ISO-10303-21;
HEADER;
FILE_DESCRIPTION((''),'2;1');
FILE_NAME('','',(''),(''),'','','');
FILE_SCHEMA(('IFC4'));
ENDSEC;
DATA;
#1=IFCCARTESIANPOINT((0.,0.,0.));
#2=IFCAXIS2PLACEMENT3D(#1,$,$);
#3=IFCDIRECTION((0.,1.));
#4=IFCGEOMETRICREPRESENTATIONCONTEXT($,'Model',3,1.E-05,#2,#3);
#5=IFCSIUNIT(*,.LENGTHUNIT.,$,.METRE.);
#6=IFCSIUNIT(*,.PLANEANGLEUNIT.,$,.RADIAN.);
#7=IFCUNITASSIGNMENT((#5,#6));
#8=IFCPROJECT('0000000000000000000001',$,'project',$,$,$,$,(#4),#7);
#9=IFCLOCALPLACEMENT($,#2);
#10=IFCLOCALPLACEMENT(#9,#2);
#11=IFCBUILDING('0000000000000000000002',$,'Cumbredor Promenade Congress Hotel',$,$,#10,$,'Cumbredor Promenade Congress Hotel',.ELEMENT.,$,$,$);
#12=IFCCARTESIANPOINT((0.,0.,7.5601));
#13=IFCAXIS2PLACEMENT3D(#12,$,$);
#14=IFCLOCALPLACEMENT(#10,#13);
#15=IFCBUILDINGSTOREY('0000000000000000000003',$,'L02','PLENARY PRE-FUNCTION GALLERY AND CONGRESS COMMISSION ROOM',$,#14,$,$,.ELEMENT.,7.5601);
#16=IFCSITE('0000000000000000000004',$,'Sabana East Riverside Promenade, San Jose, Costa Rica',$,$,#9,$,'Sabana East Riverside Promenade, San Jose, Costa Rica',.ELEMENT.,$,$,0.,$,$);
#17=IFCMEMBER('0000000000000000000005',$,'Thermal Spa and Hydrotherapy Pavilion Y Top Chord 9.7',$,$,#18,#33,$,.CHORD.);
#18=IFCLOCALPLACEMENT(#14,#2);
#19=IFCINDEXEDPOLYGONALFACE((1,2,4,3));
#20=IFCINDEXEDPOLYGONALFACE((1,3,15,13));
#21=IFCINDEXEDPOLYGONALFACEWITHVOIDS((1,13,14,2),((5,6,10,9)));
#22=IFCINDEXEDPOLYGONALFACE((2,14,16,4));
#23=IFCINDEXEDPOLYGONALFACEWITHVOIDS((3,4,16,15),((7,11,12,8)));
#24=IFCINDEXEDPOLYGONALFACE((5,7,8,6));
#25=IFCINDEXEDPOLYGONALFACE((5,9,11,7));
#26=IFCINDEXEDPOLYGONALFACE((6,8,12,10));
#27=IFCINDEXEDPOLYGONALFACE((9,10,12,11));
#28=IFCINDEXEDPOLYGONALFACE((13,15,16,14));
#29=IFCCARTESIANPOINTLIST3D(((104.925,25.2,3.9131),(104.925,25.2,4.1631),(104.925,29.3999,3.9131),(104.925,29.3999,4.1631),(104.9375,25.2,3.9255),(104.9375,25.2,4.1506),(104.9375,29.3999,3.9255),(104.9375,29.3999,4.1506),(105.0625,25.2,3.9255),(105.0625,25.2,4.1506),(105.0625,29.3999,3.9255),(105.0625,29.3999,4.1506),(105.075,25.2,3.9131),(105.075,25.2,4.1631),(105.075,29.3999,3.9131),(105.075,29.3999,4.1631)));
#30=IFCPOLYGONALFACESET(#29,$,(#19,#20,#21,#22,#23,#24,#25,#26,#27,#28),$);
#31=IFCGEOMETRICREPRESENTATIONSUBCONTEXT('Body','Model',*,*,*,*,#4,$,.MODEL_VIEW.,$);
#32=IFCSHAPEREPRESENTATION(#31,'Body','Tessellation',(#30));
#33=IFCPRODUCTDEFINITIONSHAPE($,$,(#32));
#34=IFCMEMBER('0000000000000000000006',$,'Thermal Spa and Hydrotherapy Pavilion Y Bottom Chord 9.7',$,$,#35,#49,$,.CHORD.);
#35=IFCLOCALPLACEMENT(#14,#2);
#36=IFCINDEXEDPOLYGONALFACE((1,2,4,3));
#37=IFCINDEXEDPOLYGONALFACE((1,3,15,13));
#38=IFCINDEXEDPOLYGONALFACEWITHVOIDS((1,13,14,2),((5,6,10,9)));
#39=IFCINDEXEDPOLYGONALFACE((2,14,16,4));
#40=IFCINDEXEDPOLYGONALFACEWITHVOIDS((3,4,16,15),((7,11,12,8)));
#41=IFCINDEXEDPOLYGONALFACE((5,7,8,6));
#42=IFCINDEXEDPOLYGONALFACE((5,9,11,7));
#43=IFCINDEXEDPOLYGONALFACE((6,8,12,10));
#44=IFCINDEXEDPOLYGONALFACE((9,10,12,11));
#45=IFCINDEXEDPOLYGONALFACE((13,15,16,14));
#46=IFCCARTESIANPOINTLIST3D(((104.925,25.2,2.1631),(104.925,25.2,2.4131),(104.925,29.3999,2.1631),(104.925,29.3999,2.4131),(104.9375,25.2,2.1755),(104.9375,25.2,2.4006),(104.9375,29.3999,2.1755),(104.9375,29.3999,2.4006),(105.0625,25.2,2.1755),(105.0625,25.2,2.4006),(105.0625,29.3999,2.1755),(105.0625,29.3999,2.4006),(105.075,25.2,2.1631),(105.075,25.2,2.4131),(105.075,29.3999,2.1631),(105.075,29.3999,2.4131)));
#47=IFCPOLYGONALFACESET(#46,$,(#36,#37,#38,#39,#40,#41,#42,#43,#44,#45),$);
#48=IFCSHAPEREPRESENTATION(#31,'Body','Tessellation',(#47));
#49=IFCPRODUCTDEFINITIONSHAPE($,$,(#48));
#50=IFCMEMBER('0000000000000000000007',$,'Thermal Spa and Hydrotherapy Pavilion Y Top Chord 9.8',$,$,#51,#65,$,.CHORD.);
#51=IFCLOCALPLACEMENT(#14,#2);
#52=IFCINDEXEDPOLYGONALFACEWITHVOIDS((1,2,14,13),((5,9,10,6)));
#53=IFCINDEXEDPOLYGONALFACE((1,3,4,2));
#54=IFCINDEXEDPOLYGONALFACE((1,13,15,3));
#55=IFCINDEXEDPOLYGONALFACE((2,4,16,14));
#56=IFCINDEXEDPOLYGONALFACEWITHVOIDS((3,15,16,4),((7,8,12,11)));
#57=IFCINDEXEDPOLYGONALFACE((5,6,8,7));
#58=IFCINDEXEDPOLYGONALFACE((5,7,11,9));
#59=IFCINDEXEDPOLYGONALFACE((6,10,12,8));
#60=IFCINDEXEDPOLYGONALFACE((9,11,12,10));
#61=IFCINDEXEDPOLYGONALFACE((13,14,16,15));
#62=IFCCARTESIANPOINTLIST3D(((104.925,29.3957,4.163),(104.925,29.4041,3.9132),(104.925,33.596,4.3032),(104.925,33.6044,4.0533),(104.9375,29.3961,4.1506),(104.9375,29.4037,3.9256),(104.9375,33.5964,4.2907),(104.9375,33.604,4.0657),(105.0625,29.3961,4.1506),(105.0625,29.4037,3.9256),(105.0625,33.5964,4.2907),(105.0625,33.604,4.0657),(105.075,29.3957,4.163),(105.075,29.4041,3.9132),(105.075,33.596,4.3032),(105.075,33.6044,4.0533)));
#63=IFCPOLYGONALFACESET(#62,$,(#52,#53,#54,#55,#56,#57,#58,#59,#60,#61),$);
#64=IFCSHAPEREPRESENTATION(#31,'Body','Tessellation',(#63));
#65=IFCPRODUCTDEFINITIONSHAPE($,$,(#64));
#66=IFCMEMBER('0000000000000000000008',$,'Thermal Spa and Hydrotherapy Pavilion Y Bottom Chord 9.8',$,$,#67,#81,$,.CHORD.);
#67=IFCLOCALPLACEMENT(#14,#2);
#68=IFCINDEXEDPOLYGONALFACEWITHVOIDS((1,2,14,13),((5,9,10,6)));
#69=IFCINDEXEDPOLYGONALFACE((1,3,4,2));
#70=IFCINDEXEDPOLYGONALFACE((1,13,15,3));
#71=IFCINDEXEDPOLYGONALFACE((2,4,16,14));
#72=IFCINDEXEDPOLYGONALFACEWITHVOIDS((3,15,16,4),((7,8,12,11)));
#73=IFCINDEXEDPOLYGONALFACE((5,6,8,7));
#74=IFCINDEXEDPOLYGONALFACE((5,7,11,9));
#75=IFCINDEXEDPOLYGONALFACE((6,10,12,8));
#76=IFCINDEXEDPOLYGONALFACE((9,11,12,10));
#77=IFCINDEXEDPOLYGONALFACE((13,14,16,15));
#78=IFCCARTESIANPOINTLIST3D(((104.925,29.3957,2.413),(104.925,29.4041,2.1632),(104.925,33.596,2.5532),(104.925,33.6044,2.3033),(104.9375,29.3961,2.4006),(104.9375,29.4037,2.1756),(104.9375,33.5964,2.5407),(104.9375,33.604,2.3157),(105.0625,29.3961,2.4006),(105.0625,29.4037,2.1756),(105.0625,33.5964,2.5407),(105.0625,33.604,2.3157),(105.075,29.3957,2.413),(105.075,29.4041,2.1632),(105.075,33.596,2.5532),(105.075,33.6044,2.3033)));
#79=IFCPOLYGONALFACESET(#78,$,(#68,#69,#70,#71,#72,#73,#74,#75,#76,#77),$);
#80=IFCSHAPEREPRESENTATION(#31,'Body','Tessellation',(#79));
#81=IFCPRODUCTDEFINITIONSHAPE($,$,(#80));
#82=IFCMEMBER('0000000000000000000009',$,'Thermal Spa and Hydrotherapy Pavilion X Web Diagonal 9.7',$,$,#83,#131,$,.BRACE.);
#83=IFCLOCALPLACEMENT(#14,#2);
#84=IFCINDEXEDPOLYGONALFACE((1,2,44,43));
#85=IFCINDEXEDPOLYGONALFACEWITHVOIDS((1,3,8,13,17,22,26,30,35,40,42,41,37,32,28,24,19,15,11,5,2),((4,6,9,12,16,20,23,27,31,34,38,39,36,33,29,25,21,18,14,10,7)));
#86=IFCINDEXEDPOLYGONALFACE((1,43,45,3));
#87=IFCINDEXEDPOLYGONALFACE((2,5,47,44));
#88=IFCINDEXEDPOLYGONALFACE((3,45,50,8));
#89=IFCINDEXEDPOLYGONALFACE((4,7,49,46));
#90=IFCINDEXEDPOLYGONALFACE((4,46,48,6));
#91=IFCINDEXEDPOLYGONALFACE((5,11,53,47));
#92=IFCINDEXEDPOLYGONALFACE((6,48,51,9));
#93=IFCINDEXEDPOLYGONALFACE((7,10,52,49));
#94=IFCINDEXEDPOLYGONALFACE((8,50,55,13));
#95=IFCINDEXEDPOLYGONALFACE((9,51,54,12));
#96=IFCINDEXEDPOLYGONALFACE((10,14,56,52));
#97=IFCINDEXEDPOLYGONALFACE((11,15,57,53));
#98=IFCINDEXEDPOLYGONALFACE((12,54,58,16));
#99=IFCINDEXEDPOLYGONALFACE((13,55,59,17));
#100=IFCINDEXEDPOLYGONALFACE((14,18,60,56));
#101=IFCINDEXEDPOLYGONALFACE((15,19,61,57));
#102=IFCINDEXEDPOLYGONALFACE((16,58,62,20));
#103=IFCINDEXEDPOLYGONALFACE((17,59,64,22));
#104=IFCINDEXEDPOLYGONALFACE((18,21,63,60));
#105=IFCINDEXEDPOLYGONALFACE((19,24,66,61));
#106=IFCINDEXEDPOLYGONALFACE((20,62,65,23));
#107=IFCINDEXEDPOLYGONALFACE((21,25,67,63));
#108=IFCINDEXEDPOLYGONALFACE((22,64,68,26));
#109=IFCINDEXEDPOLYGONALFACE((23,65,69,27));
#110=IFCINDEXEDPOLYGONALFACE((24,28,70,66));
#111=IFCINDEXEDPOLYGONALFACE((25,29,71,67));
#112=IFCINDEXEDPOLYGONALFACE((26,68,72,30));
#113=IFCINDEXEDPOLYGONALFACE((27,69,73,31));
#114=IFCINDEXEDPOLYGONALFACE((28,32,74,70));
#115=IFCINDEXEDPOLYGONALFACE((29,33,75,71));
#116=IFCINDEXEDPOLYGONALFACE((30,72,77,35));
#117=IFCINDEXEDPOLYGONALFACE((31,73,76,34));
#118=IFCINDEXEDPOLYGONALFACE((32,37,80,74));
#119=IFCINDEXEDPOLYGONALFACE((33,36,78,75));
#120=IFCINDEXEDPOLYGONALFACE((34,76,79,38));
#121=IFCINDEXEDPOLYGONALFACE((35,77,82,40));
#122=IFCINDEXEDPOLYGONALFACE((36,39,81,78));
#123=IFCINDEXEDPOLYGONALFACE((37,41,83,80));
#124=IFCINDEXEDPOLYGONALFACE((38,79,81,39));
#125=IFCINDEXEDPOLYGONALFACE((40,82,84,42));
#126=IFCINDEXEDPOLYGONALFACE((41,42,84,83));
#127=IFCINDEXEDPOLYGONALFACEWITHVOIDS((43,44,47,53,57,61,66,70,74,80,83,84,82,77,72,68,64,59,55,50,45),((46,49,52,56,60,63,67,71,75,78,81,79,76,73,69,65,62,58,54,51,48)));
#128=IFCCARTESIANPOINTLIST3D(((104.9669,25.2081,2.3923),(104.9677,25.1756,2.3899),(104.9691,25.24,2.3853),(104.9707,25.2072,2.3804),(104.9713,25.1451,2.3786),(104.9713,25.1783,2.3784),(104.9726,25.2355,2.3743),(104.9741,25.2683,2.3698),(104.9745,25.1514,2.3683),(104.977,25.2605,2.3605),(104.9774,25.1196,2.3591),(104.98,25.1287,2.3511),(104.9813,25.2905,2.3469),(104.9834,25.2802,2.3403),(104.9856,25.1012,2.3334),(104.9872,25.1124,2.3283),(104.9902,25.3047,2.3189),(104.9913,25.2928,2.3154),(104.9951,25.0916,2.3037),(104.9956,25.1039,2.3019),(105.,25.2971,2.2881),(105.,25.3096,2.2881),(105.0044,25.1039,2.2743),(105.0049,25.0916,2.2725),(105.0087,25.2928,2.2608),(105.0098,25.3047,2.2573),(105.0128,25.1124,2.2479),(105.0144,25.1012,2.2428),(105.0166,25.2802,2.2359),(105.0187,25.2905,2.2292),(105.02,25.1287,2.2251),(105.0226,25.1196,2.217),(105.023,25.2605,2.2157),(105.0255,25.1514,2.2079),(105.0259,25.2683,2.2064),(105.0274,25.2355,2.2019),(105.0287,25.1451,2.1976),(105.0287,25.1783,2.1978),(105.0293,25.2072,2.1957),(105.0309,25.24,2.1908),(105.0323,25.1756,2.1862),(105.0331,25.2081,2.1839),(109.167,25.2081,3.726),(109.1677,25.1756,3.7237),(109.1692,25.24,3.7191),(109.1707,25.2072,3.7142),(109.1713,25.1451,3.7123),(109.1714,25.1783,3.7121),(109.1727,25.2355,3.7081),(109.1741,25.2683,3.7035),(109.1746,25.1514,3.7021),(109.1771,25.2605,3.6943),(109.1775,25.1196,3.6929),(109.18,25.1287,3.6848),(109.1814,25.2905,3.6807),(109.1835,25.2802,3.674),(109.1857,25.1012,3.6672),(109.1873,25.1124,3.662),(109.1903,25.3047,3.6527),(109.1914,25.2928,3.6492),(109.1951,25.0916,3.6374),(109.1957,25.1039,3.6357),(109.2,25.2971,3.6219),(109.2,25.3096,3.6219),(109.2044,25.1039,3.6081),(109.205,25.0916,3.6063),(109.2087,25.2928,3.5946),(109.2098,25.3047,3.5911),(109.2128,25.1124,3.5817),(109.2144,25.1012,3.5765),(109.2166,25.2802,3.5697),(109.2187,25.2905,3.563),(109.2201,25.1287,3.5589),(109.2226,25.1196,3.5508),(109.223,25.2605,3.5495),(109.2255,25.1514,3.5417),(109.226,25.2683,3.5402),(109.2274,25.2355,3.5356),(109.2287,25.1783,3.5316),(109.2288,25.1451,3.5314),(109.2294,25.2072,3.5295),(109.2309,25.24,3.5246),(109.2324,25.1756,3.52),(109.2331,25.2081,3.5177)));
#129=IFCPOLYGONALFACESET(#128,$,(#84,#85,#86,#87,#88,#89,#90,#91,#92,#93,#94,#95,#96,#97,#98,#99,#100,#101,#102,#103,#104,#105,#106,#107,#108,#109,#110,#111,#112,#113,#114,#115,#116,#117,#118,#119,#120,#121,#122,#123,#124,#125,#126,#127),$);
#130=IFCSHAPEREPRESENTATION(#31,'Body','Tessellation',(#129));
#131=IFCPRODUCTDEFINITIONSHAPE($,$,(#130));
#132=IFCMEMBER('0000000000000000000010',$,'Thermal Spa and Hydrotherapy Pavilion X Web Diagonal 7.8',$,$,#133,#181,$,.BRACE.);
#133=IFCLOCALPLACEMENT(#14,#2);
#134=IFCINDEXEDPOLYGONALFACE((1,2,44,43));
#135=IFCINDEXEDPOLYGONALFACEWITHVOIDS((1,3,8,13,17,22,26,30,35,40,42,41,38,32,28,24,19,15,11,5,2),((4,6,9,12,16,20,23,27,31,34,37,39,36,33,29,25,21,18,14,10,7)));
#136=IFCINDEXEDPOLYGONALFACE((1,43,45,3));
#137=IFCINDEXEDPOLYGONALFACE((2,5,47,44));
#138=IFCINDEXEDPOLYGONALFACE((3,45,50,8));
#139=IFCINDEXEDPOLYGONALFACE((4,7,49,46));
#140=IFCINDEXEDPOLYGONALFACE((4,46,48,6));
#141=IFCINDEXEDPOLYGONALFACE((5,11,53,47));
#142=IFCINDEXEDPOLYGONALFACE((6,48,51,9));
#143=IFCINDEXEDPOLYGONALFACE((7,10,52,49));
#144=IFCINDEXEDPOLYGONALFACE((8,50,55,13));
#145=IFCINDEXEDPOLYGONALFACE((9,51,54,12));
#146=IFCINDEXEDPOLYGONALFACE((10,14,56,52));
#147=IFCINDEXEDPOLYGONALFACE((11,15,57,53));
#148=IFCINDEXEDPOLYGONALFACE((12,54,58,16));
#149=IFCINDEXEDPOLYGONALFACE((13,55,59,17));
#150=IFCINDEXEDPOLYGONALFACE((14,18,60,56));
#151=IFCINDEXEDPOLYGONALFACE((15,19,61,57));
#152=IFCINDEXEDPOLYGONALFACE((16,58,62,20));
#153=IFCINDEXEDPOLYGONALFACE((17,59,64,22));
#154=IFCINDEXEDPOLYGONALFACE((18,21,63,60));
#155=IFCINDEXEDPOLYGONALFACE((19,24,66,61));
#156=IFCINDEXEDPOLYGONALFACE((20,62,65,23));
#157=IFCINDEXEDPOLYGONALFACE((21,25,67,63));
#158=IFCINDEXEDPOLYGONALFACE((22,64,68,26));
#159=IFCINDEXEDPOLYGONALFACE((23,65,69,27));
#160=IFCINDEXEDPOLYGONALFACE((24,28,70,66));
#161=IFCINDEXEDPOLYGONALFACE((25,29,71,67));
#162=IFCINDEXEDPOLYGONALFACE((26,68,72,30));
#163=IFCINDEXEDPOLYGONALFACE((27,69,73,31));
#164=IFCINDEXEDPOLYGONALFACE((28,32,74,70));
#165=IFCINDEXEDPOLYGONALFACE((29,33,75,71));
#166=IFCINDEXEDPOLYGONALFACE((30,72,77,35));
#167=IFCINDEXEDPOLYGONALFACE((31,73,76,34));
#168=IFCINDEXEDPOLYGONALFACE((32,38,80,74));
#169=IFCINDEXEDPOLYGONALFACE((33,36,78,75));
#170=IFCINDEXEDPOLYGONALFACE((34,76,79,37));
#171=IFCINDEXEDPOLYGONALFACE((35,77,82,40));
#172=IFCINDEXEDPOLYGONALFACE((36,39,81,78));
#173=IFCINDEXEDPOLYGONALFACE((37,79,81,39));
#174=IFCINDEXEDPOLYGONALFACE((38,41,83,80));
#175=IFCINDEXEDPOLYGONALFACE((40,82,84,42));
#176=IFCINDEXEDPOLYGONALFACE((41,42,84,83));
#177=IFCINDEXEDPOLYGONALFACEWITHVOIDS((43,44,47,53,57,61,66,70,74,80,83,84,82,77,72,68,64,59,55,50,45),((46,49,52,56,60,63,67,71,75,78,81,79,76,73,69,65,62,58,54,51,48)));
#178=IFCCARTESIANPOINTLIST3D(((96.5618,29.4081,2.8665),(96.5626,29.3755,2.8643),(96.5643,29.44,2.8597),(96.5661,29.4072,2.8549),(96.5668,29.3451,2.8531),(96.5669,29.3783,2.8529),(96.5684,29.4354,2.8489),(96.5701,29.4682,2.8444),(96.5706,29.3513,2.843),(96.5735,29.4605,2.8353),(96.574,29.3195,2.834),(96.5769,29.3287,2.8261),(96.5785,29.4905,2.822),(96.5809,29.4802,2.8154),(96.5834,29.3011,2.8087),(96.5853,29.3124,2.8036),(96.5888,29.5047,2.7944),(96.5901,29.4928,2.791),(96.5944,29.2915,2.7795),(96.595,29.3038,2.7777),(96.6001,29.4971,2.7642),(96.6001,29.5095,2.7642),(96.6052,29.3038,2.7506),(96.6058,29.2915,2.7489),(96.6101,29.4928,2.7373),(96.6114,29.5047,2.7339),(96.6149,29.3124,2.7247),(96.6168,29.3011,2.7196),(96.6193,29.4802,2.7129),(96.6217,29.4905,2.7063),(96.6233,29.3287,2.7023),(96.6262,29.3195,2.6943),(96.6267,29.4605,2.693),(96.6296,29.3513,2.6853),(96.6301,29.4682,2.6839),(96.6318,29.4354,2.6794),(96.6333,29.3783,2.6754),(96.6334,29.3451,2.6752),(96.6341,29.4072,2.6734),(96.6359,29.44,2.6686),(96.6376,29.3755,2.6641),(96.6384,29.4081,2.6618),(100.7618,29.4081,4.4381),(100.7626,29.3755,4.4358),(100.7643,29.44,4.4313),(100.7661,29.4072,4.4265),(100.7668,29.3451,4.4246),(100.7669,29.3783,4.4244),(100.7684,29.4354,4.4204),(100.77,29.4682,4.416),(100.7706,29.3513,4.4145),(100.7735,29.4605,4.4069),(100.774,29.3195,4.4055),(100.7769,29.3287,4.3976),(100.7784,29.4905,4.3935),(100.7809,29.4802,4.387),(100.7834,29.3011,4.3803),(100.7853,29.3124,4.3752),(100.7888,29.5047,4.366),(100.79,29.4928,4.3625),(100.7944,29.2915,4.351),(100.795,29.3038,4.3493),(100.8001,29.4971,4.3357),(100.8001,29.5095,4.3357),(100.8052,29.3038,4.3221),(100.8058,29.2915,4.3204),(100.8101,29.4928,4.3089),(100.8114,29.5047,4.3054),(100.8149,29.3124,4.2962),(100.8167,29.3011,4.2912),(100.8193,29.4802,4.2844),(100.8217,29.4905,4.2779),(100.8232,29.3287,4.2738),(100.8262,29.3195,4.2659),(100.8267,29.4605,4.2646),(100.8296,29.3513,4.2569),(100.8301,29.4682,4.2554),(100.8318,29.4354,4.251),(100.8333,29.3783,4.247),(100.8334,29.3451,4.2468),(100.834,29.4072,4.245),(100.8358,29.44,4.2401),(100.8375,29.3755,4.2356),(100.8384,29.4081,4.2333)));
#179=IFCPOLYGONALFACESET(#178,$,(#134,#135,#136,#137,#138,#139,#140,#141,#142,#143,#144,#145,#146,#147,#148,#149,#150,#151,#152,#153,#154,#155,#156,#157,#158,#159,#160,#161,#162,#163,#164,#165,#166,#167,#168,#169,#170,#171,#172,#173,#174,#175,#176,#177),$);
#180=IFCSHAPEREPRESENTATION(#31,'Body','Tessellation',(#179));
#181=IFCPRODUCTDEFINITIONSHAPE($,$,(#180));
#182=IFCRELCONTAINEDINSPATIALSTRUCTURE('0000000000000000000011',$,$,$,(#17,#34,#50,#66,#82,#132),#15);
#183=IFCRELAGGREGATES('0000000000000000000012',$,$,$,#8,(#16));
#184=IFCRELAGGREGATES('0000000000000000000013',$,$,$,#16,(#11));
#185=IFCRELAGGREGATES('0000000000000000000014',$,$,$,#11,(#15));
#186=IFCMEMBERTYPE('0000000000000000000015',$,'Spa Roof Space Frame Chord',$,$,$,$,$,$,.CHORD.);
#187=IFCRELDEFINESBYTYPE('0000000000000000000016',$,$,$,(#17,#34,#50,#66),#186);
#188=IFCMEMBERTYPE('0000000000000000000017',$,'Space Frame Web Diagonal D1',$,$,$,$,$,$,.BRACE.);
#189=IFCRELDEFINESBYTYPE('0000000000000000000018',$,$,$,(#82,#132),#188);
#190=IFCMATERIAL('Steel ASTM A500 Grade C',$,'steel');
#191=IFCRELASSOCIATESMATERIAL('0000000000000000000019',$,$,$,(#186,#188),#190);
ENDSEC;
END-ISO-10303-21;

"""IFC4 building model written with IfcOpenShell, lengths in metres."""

from ifc_helpers import new_model, si_unit, direction, frame, origin, origin_2d, place, context, subcontext, project, spatial, hollow_rectangle, hollow_circle, extrude, material, material_profile, profile_set, type_object, element, save


model = new_model("IFC4")

# Units and contexts
model_context = context("Model", 3, precision=1e-05, world=origin(), true_north=direction((0.0, 1.0)))
body_context = subcontext(model_context, "Body", "Model", "MODEL_VIEW")
ifc_project = project(units=[si_unit("LENGTHUNIT", "METRE"), si_unit("PLANEANGLEUNIT", "RADIAN")], contexts=[model_context])

# Site, building, storey
site_placement = place(None, origin())
site = spatial("IfcSite", under=ifc_project, at=site_placement, Name="Sabana East Riverside Promenade, San Jose, Costa Rica", LongName="Sabana East Riverside Promenade, San Jose, Costa Rica", CompositionType="ELEMENT", RefElevation=0.0)
building_placement = place(site_placement, origin())
building = spatial("IfcBuilding", under=site, at=building_placement, Name="Cumbredor Promenade Congress Hotel", LongName="Cumbredor Promenade Congress Hotel", CompositionType="ELEMENT")
storey_placement = place(building_placement, frame((0.0, 0.0, 7.5601)))
storey = spatial("IfcBuildingStorey", under=building, at=storey_placement, Name="L02", Description="PLENARY PRE-FUNCTION GALLERY AND CONGRESS COMMISSION ROOM", CompositionType="ELEMENT", Elevation=7.5601)

# Members
ifc_material_1 = material(Name="Steel ASTM A500 Grade C", Category="steel")
ifc_material_profile_1 = material_profile(ifc_material_1, hollow_rectangle(XDim=0.1499, YDim=0.25, WallThickness=0.0125, at=origin_2d()), Name="HSS 250x150x12.5")
ifc_profile_set_1 = profile_set([ifc_material_profile_1], Name="Steel ASTM A500 Grade C")
member_type_1 = type_object("IfcMemberType", Name="Spa Roof Space Frame Chord", PredefinedType="CHORD", material=ifc_profile_set_1)
for number, where, z_axis, x_axis, name in (
    (1, (105.0, 25.2, 4.0381), (0.0, 1.0, 0.0), (-1.0, 0.0, 0.0), "Thermal Spa and Hydrotherapy Pavilion Y Top Chord 9.7"),
    (2, (105.0, 25.2, 2.2881), (0.0, 1.0, 0.0), (-1.0, 0.0, 0.0), "Thermal Spa and Hydrotherapy Pavilion Y Bottom Chord 9.7"),
):
    element("IfcMember", number, at=place(storey_placement, frame(where, z_axis=z_axis, x_axis=x_axis)), inside=storey, type_object=member_type_1, Name=name, PredefinedType="CHORD", context=body_context, shape_type="SweptSolid", body=[
        extrude(hollow_rectangle(XDim=0.1499, YDim=0.25, WallThickness=0.0125, at=origin_2d()), origin(), (0.0, 0.0, 1.0), 4.2),
    ])
for number, where, z_axis, x_axis, name in (
    (3, (105.0, 29.3999, 4.0381), (0.0, 0.999444, 0.033346), (-1.0, 0.0, 0.0), "Thermal Spa and Hydrotherapy Pavilion Y Top Chord 9.8"),
    (4, (105.0, 29.3999, 2.2881), (0.0, 0.999444, 0.033346), (-1.0, 0.0, 0.0), "Thermal Spa and Hydrotherapy Pavilion Y Bottom Chord 9.8"),
):
    element("IfcMember", number, at=place(storey_placement, frame(where, z_axis=z_axis, x_axis=x_axis)), inside=storey, type_object=member_type_1, Name=name, PredefinedType="CHORD", context=body_context, shape_type="SweptSolid", body=[
        extrude(hollow_rectangle(XDim=0.1499, YDim=0.25, WallThickness=0.0125, at=origin_2d()), origin(), (0.0, 0.0, 1.0), 4.2026),
    ])
ifc_material_profile_2 = material_profile(ifc_material_1, hollow_circle(Radius=0.1096, WallThickness=0.0125, at=origin_2d()), Name="CHS 219.1x12.5")
ifc_profile_set_2 = profile_set([ifc_material_profile_2], Name="Steel ASTM A500 Grade C")
member_type_2 = type_object("IfcMemberType", Name="Space Frame Web Diagonal D1", PredefinedType="BRACE", material=ifc_profile_set_2)
member_1_placement = place(storey_placement, frame((105.0, 25.2, 2.2881), z_axis=(0.953097, 0.0, 0.302666), x_axis=(0.0, 1.0, 0.0)))
element("IfcMember", 5, at=member_1_placement, inside=storey, type_object=member_type_2, Name="Thermal Spa and Hydrotherapy Pavilion X Web Diagonal 9.7", PredefinedType="BRACE", context=body_context, shape_type="SweptSolid", body=[
    extrude(hollow_circle(Radius=0.1096, WallThickness=0.0125, at=origin_2d()), origin(), (0.0, 0.0, 1.0), 4.4067),
])
member_2_placement = place(storey_placement, frame((96.6001, 29.3999, 2.7642), z_axis=(0.936582, 0.0, 0.350449), x_axis=(0.0, 1.0, 0.0)))
element("IfcMember", 6, at=member_2_placement, inside=storey, type_object=member_type_2, Name="Thermal Spa and Hydrotherapy Pavilion X Web Diagonal 7.8", PredefinedType="BRACE", context=body_context, shape_type="SweptSolid", body=[
    extrude(hollow_circle(Radius=0.1096, WallThickness=0.0125, at=origin_2d()), origin(), (0.0, 0.0, 1.0), 4.4844),
])

save(model, "model.ifc")
